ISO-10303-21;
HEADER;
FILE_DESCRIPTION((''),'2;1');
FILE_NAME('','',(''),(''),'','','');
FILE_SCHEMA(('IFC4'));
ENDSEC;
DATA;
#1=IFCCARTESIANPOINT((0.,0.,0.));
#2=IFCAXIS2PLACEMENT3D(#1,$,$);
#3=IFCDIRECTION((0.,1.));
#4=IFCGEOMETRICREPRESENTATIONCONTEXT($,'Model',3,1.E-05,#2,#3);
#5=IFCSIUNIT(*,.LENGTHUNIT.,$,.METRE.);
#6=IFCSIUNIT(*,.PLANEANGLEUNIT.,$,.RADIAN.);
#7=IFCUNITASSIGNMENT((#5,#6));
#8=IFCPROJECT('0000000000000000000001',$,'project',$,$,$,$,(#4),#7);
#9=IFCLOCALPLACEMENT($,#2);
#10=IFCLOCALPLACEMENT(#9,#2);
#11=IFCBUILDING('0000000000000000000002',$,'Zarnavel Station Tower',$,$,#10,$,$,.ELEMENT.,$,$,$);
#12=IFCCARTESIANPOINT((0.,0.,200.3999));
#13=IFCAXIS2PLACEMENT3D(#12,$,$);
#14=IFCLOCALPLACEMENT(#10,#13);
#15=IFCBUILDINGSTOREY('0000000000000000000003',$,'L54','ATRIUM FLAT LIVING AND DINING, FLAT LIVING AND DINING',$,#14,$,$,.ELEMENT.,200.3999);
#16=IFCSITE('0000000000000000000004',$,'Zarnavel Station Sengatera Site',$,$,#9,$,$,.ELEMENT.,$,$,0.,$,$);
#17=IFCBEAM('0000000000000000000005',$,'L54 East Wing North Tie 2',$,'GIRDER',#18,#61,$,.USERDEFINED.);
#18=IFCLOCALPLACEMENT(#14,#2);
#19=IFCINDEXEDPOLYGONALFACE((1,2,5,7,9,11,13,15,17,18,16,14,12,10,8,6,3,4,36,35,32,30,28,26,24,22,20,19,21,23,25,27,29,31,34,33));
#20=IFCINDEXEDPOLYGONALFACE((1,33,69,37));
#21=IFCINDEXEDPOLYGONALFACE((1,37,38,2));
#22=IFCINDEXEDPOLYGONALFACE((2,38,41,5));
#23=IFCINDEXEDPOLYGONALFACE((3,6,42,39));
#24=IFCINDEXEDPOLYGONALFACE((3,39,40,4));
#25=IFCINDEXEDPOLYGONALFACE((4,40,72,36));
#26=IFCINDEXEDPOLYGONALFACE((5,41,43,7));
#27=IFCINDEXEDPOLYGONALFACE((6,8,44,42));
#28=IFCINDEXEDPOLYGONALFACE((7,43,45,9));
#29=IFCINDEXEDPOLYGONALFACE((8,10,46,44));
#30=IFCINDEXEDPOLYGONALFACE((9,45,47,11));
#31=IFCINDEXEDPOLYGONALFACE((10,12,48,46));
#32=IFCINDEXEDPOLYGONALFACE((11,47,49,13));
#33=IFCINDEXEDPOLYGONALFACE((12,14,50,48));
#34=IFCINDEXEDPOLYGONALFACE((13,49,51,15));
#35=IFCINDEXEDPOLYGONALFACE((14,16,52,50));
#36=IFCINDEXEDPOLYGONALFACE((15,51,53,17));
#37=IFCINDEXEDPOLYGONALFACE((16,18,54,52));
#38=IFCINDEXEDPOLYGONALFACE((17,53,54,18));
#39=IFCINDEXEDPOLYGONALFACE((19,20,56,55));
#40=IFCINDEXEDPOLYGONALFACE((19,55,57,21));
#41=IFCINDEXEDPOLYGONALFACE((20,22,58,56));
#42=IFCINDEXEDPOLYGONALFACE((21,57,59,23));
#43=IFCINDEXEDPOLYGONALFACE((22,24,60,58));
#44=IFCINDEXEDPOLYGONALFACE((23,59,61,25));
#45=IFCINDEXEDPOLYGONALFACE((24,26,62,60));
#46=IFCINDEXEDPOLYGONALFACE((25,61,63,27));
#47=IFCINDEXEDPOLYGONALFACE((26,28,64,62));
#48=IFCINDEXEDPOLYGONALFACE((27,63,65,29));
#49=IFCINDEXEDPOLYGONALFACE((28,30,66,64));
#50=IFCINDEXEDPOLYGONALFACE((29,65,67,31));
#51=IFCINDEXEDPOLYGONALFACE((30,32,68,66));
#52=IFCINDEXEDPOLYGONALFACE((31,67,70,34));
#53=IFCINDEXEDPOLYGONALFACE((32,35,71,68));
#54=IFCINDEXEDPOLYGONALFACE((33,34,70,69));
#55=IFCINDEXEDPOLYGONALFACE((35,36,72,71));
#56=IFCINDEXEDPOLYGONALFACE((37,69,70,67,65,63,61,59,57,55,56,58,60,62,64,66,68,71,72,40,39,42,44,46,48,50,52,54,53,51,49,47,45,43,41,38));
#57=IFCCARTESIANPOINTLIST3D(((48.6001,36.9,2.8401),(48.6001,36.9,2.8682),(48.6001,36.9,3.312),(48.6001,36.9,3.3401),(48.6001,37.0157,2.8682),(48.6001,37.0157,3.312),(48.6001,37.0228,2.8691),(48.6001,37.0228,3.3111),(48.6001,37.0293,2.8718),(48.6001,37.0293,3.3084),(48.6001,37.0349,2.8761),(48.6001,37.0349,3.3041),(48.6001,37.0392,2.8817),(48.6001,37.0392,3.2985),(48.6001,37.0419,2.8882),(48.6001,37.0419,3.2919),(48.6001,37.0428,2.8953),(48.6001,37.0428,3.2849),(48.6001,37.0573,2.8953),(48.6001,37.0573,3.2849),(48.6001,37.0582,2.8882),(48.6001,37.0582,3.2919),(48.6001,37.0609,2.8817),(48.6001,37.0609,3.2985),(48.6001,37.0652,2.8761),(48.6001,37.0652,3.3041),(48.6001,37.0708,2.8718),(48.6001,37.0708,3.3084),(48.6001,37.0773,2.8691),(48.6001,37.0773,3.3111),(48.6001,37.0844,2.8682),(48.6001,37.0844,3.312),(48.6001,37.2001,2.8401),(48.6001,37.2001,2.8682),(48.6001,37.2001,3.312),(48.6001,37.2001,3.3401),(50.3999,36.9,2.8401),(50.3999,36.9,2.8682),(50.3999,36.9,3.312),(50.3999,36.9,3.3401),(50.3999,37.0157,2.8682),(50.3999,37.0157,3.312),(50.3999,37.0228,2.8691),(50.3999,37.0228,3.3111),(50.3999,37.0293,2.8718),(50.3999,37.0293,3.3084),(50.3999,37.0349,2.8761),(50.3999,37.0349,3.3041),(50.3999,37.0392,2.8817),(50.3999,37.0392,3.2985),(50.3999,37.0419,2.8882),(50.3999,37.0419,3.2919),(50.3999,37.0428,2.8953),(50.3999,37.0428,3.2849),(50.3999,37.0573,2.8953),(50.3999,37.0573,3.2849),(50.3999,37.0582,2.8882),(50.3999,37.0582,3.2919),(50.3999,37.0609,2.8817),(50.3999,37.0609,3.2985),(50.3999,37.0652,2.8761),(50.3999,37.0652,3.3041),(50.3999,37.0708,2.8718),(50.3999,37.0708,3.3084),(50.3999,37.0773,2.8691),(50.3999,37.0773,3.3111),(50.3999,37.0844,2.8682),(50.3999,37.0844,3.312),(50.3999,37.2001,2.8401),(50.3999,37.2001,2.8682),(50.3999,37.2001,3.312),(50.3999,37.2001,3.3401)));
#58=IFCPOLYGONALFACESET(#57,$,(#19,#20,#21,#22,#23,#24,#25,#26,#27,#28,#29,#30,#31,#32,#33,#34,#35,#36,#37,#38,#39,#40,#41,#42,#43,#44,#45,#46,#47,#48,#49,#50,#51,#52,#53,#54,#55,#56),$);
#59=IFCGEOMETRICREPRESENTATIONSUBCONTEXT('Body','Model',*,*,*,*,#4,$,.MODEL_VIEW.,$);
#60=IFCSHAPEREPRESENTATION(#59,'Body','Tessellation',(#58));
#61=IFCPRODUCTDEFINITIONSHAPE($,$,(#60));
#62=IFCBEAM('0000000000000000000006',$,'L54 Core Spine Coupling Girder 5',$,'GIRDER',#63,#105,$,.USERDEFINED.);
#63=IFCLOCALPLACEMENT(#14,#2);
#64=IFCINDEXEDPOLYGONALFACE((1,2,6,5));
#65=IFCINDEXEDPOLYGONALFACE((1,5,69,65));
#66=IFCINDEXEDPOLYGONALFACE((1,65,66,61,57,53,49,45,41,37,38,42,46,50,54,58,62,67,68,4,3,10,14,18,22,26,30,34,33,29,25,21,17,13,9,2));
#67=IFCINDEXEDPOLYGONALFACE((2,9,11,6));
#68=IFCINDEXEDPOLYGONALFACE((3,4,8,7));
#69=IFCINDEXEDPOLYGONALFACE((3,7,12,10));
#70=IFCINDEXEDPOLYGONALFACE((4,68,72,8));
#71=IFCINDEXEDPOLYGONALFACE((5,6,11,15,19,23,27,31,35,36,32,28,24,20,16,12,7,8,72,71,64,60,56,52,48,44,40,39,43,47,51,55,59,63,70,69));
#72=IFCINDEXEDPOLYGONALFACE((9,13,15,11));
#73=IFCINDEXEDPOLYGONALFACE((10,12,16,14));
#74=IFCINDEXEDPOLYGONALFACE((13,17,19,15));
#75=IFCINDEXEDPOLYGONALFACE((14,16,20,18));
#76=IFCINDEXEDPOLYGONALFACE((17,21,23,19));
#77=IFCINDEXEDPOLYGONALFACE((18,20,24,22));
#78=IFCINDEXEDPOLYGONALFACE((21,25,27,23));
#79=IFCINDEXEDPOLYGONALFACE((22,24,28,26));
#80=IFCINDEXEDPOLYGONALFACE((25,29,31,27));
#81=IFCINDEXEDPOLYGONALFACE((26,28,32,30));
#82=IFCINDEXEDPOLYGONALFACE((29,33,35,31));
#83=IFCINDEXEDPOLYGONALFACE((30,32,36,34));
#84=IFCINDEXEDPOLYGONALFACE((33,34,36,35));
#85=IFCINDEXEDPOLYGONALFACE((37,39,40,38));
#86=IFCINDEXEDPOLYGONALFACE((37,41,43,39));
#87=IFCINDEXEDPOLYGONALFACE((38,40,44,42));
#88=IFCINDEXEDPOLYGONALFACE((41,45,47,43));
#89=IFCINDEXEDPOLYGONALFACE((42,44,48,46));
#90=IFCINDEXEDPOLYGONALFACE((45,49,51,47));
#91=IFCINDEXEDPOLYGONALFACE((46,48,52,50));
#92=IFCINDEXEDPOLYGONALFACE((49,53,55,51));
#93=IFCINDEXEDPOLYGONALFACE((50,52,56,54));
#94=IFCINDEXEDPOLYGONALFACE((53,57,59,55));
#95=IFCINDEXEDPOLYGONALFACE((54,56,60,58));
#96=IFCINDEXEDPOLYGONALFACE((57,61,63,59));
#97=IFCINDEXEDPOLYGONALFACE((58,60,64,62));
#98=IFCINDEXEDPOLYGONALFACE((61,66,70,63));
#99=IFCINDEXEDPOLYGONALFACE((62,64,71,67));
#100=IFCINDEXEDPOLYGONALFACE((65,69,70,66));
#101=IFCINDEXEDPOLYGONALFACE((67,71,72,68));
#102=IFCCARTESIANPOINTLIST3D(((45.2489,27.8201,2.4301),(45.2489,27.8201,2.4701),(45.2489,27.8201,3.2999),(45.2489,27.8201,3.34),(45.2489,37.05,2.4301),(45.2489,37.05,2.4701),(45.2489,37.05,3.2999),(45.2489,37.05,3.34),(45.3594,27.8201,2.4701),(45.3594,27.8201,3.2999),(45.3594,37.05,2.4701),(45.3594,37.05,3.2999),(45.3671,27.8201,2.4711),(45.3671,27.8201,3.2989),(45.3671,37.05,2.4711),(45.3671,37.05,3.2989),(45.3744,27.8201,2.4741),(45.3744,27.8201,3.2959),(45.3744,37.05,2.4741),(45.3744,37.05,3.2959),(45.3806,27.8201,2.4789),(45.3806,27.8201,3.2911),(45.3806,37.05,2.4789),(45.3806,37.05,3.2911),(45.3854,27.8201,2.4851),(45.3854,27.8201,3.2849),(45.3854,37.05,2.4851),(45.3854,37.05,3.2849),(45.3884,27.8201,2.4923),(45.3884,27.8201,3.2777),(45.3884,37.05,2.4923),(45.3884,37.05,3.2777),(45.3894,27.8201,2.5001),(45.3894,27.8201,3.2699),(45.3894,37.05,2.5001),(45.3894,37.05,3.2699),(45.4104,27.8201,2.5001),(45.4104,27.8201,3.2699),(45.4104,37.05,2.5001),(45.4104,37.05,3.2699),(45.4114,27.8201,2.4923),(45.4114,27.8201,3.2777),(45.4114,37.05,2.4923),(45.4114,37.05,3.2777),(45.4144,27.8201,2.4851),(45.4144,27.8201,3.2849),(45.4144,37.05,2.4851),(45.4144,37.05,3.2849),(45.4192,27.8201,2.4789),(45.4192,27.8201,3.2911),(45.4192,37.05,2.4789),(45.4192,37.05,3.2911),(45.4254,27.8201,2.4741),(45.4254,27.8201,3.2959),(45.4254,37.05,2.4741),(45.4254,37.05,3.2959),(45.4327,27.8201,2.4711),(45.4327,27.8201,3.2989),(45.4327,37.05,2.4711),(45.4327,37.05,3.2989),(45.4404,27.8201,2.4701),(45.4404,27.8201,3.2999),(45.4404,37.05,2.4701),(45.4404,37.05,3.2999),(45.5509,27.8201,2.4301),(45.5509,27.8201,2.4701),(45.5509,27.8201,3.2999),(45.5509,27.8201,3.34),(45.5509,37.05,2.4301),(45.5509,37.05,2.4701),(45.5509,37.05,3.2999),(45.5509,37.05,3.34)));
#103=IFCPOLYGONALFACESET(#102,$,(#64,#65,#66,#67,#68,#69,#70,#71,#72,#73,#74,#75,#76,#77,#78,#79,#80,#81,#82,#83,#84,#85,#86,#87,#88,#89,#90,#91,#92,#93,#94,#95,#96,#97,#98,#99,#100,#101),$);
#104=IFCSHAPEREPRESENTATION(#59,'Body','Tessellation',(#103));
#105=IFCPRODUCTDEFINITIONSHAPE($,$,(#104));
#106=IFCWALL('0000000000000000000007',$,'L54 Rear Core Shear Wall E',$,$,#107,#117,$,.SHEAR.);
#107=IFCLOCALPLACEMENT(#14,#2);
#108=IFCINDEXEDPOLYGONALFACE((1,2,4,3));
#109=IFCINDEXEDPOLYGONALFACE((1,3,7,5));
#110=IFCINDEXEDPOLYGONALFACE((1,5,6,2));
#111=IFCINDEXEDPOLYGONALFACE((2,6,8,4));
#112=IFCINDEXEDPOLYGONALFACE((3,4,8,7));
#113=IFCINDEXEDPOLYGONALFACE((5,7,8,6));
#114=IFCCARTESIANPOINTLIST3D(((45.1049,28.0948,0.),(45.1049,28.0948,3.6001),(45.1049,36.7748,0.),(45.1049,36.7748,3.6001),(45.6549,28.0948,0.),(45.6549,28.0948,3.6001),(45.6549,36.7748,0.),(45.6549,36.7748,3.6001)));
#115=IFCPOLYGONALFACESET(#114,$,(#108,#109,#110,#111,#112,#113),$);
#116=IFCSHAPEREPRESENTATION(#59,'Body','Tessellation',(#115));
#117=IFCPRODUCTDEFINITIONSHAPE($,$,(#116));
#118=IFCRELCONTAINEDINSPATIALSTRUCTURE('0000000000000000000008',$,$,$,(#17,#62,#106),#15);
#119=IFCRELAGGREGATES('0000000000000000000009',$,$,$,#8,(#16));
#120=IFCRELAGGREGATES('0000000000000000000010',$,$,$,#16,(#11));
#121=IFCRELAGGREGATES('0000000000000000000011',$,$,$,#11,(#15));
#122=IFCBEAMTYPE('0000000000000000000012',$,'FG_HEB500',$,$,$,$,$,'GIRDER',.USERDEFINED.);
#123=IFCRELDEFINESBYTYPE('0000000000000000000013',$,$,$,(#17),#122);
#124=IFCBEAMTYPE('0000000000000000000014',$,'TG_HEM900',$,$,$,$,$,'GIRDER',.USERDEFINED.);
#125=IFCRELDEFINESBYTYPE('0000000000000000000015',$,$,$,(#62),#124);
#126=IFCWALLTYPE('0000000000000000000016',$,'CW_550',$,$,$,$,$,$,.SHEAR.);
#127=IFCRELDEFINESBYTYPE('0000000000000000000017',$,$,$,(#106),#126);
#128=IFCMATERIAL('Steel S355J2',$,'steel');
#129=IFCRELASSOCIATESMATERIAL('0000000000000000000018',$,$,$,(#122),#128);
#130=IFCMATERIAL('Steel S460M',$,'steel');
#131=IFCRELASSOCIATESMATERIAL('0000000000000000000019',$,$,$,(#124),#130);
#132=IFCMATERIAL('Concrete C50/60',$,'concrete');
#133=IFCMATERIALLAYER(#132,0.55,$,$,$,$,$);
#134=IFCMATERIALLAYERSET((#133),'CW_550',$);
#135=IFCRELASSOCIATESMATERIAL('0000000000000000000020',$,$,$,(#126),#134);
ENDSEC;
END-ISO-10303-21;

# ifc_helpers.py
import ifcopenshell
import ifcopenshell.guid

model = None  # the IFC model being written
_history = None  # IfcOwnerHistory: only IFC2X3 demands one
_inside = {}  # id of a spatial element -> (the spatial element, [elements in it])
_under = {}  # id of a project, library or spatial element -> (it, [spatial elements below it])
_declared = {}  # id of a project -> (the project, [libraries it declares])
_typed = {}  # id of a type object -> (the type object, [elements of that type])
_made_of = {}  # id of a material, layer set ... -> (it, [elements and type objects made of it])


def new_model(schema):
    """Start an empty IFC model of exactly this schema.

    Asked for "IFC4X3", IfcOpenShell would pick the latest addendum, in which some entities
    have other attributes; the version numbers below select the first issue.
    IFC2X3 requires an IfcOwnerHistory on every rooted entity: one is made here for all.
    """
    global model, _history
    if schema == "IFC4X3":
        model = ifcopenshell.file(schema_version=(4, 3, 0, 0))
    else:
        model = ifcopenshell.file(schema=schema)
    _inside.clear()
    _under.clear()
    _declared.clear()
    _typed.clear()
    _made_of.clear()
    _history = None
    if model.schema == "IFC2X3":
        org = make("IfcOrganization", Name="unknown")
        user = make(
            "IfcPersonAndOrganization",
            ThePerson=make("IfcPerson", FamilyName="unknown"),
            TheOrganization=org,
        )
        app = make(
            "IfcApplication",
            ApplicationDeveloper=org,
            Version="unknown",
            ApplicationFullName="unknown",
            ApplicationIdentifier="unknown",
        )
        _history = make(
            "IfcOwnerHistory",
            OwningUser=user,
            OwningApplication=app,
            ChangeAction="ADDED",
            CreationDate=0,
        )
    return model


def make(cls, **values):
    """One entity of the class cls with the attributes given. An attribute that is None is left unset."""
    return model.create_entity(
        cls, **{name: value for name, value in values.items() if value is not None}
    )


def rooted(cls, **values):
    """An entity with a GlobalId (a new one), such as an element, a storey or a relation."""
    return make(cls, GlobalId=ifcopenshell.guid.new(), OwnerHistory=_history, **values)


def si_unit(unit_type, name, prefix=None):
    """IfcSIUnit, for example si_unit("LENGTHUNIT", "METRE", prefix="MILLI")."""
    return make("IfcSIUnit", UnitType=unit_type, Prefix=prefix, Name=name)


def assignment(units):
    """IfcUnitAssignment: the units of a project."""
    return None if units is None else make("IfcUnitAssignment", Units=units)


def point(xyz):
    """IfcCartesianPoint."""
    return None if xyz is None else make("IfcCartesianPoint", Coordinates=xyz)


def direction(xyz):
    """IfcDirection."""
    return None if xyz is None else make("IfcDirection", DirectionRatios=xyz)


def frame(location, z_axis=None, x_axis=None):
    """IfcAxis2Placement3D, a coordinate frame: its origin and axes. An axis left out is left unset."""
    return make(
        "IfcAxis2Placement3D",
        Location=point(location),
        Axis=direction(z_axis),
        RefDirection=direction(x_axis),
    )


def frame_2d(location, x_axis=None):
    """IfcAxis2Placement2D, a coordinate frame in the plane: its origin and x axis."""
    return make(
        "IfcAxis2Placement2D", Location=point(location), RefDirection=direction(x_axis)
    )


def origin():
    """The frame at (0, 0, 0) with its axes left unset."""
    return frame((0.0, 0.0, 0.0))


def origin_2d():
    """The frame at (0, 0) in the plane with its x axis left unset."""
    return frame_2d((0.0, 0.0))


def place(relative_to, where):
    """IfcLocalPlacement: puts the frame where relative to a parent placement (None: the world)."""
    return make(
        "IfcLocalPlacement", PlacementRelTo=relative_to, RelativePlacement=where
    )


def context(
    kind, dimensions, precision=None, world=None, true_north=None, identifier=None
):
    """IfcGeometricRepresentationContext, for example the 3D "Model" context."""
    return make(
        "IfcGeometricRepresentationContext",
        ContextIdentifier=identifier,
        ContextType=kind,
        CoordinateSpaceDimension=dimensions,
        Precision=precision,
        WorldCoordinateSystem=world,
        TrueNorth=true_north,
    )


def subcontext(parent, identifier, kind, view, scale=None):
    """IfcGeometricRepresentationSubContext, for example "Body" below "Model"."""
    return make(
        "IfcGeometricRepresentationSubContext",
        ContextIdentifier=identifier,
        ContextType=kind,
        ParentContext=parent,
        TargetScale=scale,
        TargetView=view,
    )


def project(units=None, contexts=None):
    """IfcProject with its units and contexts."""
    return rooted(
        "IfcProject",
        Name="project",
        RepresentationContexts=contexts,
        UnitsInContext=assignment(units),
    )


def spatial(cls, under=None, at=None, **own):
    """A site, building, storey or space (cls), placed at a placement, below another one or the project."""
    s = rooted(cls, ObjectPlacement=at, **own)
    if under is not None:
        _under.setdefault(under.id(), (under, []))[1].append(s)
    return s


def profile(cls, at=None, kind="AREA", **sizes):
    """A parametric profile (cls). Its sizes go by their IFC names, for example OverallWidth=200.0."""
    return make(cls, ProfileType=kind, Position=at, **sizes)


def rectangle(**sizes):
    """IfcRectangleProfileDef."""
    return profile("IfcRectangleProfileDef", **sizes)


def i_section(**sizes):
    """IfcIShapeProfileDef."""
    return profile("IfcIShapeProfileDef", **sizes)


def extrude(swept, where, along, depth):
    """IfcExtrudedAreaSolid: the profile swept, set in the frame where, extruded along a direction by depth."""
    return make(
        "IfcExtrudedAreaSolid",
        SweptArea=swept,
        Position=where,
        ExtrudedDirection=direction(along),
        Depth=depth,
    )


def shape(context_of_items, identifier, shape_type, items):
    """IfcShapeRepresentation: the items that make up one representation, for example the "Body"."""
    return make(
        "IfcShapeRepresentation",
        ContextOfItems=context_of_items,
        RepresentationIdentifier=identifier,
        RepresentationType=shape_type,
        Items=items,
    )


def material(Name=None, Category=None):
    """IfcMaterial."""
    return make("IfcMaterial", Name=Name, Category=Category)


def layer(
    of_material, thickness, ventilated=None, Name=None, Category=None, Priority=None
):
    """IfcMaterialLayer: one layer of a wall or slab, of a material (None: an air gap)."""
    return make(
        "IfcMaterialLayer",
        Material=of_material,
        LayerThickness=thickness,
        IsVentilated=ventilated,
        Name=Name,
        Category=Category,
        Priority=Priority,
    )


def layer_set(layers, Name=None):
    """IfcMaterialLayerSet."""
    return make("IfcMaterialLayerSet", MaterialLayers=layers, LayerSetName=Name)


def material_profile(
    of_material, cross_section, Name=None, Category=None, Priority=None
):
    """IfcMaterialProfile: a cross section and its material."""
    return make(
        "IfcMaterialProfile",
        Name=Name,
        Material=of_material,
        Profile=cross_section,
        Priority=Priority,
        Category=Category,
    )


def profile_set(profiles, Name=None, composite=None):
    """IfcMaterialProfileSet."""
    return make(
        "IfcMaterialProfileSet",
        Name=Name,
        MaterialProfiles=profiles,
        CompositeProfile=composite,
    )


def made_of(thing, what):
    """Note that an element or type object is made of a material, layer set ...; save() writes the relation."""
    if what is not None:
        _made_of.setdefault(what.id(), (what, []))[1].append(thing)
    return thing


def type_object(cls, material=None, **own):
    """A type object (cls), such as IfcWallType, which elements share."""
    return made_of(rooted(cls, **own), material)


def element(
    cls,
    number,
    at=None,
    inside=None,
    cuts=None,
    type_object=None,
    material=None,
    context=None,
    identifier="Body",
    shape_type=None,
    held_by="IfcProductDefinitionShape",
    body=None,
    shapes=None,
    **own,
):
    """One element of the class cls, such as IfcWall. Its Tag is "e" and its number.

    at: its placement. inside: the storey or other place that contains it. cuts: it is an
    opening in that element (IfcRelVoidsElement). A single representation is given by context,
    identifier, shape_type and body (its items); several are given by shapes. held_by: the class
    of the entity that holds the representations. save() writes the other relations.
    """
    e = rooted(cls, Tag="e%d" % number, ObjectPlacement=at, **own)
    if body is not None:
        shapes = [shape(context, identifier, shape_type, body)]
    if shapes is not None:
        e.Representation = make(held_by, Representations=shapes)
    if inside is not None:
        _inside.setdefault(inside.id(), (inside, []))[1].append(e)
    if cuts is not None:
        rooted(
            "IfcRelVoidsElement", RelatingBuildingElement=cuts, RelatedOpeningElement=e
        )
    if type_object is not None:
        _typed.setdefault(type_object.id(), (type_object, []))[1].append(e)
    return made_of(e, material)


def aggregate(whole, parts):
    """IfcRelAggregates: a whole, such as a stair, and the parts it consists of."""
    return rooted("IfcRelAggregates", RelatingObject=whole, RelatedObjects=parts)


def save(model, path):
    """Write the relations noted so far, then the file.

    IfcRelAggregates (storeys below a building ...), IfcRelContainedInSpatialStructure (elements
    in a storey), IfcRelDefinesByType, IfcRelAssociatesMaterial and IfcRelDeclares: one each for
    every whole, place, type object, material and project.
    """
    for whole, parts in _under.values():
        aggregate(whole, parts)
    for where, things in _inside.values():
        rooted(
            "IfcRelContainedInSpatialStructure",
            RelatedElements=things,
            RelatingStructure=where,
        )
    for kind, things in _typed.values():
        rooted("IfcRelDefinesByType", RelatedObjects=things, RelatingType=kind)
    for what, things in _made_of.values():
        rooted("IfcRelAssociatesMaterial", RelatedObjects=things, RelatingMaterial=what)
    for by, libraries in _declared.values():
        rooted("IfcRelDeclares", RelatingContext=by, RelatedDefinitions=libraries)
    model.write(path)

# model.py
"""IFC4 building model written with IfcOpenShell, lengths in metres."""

from ifc_helpers import new_model, si_unit, direction, frame, frame_2d, origin, origin_2d, place, context, subcontext, project, spatial, rectangle, i_section, extrude, material, layer, layer_set, material_profile, profile_set, type_object, element, save


model = new_model("IFC4")

# Units and contexts
model_context = context("Model", 3, precision=1e-05, world=origin(), true_north=direction((0.0, 1.0)))
body_context = subcontext(model_context, "Body", "Model", "MODEL_VIEW")
ifc_project = project(units=[si_unit("LENGTHUNIT", "METRE"), si_unit("PLANEANGLEUNIT", "RADIAN")], contexts=[model_context])

# Site, building, storey
site_placement = place(None, origin())
site = spatial("IfcSite", under=ifc_project, at=site_placement, Name="Zarnavel Station Sengatera Site", CompositionType="ELEMENT", RefElevation=0.0)
building_placement = place(site_placement, origin())
building = spatial("IfcBuilding", under=site, at=building_placement, Name="Zarnavel Station Tower", CompositionType="ELEMENT")
storey_placement = place(building_placement, frame((0.0, 0.0, 200.3999)))
storey = spatial("IfcBuildingStorey", under=building, at=storey_placement, Name="L54", Description="ATRIUM FLAT LIVING AND DINING, FLAT LIVING AND DINING", CompositionType="ELEMENT", Elevation=200.3999)

# Beams
ifc_material_1 = material(Name="Steel S355J2", Category="steel")
ifc_material_profile_1 = material_profile(ifc_material_1, i_section(OverallWidth=0.3, OverallDepth=0.5, WebThickness=0.0144, FlangeThickness=0.0281, FilletRadius=0.0271, at=origin_2d()), Name="HEB500")
ifc_profile_set_1 = profile_set([ifc_material_profile_1], Name="Steel S355J2")
beam_type_1 = type_object("IfcBeamType", Name="FG_HEB500", ElementType="GIRDER", PredefinedType="USERDEFINED", material=ifc_profile_set_1)
beam_1_placement = place(storey_placement, frame((48.6001, 37.05, 3.0901), z_axis=(1.0, 0.0, 0.0), x_axis=(0.0, 1.0, 0.0)))
element("IfcBeam", 1, at=beam_1_placement, inside=storey, type_object=beam_type_1, Name="L54 East Wing North Tie 2", ObjectType="GIRDER", PredefinedType="USERDEFINED", context=body_context, shape_type="SweptSolid", body=[
    extrude(i_section(OverallWidth=0.3, OverallDepth=0.5, WebThickness=0.0144, FlangeThickness=0.0281, FilletRadius=0.0271, at=origin_2d()), origin(), (0.0, 0.0, 1.0), 1.7998),
])
ifc_material_2 = material(Name="Steel S460M", Category="steel")
ifc_material_profile_2 = material_profile(ifc_material_2, i_section(OverallWidth=0.302, OverallDepth=0.9099, WebThickness=0.021, FlangeThickness=0.04, FilletRadius=0.03, at=origin_2d()), Name="HEM900")
ifc_profile_set_2 = profile_set([ifc_material_profile_2], Name="Steel S460M")
beam_type_2 = type_object("IfcBeamType", Name="TG_HEM900", ElementType="GIRDER", PredefinedType="USERDEFINED", material=ifc_profile_set_2)
beam_2_placement = place(storey_placement, frame((45.3999, 27.8201, 2.885), z_axis=(0.0, 1.0, 0.0), x_axis=(-1.0, 0.0, 0.0)))
element("IfcBeam", 2, at=beam_2_placement, inside=storey, type_object=beam_type_2, Name="L54 Core Spine Coupling Girder 5", ObjectType="GIRDER", PredefinedType="USERDEFINED", context=body_context, shape_type="SweptSolid", body=[
    extrude(i_section(OverallWidth=0.302, OverallDepth=0.9099, WebThickness=0.021, FlangeThickness=0.04, FilletRadius=0.03, at=origin_2d()), origin(), (0.0, 0.0, 1.0), 9.23),
])

# Wall
ifc_material_3 = material(Name="Concrete C50/60", Category="concrete")
ifc_layer_1 = layer(ifc_material_3, 0.55)
ifc_layer_set_1 = layer_set([ifc_layer_1], Name="CW_550")
wall_type_1 = type_object("IfcWallType", Name="CW_550", PredefinedType="SHEAR", material=ifc_layer_set_1)
wall_1_placement = place(storey_placement, frame((45.3799, 28.095, 0.0), z_axis=(0.0, 0.0, 1.0), x_axis=(0.0, 1.0, 0.0)))
element("IfcWall", 3, at=wall_1_placement, inside=storey, type_object=wall_type_1, Name="L54 Rear Core Shear Wall E", PredefinedType="SHEAR", context=body_context, shape_type="SweptSolid", body=[
    extrude(rectangle(XDim=8.6799, YDim=0.55, at=frame_2d((4.3398, 0.0))), origin(), (0.0, 0.0, 1.0), 3.6001),
])

save(model, "model.ifc")
